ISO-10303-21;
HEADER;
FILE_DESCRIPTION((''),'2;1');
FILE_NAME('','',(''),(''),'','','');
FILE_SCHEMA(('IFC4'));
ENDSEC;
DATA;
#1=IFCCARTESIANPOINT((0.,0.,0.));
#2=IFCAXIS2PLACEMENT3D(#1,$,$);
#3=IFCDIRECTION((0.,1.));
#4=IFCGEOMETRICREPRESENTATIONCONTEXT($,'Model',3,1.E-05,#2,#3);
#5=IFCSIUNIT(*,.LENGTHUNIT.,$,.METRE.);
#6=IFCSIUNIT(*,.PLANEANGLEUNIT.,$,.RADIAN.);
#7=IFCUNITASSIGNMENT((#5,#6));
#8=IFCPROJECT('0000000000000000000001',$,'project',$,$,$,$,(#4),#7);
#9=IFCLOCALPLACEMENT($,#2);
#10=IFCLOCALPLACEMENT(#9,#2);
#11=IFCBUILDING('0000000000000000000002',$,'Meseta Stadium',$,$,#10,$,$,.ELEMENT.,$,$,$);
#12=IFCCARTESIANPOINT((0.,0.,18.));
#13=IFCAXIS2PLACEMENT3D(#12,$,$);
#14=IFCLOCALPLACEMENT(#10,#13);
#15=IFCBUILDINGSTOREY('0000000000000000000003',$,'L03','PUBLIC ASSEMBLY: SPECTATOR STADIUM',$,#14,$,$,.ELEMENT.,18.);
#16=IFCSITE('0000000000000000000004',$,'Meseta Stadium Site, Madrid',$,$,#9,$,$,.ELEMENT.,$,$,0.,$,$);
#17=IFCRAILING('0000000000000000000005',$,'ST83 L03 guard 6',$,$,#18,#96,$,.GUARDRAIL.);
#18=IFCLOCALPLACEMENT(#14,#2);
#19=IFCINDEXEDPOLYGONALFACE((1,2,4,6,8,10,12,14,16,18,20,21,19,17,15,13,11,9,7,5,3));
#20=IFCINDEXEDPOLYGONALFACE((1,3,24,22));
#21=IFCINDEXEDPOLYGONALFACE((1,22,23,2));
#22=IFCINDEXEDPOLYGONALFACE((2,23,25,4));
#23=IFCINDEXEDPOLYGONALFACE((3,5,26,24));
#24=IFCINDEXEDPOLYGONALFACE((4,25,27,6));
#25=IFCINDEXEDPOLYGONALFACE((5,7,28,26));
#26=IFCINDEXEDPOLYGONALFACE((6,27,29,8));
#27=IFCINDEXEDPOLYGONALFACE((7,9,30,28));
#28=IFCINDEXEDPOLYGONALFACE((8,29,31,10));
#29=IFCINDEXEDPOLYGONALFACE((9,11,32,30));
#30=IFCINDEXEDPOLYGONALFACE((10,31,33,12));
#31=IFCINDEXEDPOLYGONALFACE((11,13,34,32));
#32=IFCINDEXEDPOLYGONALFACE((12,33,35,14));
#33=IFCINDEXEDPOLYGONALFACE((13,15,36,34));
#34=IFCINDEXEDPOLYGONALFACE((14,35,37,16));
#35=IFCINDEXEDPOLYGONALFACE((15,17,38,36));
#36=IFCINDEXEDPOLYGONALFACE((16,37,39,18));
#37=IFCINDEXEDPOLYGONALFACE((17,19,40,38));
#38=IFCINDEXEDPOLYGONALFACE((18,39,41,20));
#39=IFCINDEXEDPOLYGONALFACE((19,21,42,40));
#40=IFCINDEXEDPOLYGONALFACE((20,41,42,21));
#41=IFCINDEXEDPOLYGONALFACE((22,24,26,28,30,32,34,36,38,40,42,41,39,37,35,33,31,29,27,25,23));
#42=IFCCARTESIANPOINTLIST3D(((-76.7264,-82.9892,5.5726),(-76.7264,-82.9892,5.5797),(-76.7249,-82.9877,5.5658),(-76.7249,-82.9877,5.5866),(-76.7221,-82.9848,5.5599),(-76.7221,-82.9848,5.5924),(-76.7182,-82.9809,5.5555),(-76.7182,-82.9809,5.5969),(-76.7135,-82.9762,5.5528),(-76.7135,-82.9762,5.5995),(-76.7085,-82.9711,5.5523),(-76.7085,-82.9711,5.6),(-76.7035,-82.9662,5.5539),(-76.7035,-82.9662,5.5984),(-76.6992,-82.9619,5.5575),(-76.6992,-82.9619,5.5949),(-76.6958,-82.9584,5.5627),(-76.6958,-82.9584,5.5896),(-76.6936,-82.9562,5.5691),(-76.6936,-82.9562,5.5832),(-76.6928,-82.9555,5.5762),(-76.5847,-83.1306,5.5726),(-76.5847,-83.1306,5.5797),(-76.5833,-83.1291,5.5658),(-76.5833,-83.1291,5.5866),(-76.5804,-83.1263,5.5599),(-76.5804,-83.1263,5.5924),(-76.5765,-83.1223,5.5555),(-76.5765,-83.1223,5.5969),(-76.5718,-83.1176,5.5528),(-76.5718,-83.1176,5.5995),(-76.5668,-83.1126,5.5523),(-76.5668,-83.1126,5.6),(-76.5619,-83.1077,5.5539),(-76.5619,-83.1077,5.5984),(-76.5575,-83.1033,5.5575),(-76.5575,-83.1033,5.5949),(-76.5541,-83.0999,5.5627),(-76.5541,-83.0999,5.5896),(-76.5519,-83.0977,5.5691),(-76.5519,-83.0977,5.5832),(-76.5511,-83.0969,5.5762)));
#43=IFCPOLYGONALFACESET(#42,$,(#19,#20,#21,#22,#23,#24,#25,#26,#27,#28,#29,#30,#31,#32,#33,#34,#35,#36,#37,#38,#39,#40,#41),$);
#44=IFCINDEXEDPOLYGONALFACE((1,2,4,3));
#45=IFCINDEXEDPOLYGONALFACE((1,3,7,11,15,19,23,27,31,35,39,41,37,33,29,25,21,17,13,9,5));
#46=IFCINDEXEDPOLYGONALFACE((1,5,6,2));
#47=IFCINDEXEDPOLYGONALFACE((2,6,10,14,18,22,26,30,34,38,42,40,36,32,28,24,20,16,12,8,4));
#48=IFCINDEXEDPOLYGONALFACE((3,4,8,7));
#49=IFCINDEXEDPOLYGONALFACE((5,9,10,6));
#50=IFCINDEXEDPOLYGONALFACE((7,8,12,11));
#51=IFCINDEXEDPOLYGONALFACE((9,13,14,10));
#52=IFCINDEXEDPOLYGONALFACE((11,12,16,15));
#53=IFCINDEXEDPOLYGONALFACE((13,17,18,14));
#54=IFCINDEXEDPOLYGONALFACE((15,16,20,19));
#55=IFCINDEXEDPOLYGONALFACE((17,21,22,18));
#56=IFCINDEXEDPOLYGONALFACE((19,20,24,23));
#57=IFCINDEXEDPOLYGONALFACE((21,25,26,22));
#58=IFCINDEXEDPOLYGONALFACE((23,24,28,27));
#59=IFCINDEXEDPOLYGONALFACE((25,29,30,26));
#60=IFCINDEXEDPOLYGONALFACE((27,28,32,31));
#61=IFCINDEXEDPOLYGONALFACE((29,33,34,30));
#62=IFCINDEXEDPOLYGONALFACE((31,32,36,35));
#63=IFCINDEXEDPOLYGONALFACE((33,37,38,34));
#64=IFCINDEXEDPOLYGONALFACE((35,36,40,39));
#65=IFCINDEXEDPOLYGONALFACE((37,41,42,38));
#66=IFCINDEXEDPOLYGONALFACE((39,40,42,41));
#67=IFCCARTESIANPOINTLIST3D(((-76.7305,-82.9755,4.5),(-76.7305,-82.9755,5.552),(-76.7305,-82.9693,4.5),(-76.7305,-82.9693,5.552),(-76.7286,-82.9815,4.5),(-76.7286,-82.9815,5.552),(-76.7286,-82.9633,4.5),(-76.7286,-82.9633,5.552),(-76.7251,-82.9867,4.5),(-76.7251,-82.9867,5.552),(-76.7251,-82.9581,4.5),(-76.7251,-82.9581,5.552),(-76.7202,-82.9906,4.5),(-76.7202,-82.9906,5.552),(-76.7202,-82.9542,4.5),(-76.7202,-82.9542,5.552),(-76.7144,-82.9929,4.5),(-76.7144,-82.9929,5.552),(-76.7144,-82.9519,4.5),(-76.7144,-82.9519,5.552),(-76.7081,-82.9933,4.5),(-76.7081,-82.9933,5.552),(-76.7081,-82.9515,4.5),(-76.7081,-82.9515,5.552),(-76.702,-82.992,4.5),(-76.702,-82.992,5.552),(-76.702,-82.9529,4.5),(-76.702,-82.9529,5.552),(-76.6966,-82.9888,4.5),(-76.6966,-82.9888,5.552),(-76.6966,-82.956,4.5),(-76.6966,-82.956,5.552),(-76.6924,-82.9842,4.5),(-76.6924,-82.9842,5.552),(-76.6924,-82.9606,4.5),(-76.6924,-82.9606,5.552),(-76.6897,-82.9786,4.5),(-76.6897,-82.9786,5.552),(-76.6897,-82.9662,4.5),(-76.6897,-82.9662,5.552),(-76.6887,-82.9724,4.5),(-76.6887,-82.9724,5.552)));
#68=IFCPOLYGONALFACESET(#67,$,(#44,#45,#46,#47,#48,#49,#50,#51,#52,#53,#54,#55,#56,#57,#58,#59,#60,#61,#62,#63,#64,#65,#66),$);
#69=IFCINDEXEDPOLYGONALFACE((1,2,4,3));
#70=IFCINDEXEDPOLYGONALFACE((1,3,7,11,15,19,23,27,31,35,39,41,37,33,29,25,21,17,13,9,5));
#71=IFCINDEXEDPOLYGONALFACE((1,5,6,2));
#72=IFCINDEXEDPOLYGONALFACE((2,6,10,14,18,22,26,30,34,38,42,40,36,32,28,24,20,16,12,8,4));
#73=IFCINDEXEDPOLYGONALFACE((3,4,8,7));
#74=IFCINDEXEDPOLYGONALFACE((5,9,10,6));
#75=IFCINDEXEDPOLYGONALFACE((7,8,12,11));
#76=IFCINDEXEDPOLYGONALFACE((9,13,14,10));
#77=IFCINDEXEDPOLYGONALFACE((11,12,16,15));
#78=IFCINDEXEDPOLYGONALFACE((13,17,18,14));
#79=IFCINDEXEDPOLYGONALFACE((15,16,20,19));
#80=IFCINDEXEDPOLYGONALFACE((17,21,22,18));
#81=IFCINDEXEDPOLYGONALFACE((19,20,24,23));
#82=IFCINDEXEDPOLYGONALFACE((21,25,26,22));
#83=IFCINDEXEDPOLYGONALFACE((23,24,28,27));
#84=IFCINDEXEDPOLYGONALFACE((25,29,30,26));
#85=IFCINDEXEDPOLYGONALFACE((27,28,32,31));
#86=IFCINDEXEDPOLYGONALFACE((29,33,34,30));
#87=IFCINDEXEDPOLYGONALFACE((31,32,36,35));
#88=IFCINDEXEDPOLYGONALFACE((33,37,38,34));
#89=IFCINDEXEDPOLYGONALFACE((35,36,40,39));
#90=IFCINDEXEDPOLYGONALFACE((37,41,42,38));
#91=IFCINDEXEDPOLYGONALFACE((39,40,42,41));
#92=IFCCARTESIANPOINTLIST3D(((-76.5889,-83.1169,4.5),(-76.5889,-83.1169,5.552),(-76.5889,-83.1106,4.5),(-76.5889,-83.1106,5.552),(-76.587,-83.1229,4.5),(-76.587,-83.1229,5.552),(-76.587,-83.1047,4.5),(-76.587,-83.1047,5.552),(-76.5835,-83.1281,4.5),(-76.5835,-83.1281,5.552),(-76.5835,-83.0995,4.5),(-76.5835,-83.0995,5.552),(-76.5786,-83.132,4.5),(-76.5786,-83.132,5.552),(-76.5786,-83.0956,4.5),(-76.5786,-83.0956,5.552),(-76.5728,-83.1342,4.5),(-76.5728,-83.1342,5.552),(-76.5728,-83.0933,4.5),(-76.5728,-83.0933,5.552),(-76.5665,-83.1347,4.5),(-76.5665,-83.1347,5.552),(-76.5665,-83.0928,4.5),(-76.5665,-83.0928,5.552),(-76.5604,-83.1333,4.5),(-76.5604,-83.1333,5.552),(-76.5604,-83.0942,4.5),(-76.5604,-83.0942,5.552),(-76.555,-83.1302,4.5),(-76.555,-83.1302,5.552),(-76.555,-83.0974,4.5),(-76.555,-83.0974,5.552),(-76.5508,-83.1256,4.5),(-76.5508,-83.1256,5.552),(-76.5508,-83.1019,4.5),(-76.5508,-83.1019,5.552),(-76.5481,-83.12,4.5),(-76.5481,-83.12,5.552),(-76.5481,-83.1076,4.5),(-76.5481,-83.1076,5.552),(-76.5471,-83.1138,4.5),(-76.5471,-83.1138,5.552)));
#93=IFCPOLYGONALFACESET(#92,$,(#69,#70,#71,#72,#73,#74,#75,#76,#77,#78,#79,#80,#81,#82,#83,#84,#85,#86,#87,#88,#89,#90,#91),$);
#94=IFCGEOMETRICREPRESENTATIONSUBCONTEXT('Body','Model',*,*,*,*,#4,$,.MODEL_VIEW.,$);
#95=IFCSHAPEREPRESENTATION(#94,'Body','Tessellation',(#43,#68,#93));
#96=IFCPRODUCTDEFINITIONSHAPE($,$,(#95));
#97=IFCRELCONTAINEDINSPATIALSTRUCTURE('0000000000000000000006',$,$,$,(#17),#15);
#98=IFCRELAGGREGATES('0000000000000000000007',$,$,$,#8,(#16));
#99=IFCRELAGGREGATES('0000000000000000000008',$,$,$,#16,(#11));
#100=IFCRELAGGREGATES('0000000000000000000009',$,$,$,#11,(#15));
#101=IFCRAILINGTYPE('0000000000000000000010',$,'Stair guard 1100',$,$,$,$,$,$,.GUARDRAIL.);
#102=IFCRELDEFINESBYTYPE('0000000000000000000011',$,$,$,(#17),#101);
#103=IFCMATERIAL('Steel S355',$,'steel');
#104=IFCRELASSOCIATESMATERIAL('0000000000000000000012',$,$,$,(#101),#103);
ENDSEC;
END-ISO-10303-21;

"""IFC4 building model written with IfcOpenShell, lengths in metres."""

from ifc_helpers import new_model, si_unit, direction, frame, origin, origin_2d, place, context, subcontext, project, spatial, circle, extrude, material, type_object, element, save


model = new_model("IFC4")

# Units and contexts
model_context = context("Model", 3, precision=1e-05, world=origin(), true_north=direction((0.0, 1.0)))
body_context = subcontext(model_context, "Body", "Model", "MODEL_VIEW")
ifc_project = project(units=[si_unit("LENGTHUNIT", "METRE"), si_unit("PLANEANGLEUNIT", "RADIAN")], contexts=[model_context])

# Site, building, storey
site_placement = place(None, origin())
site = spatial("IfcSite", under=ifc_project, at=site_placement, Name="Meseta Stadium Site, Madrid", CompositionType="ELEMENT", RefElevation=0.0)
building_placement = place(site_placement, origin())
building = spatial("IfcBuilding", under=site, at=building_placement, Name="Meseta Stadium", CompositionType="ELEMENT")
storey_placement = place(building_placement, frame((0.0, 0.0, 18.0)))
storey = spatial("IfcBuildingStorey", under=building, at=storey_placement, Name="L03", Description="PUBLIC ASSEMBLY: SPECTATOR STADIUM", CompositionType="ELEMENT", Elevation=18.0)

# Railing
ifc_material_1 = material(Name="Steel S355", Category="steel")
railing_type_1 = type_object("IfcRailingType", Name="Stair guard 1100", PredefinedType="GUARDRAIL", material=ifc_material_1)
railing_1_placement = place(storey_placement, frame((-76.7097, -82.9724, 4.5)))
element("IfcRailing", 1, at=railing_1_placement, inside=storey, type_object=railing_type_1, Name="ST83 L03 guard 6", PredefinedType="GUARDRAIL", context=body_context, shape_type="SweptSolid", body=[
    extrude(circle(Radius=0.0239, at=origin_2d()), frame((0.0, 0.0, 1.0762), z_axis=(0.707717, -0.706496, 0.0), x_axis=(0.706496, 0.707717, 0.0)), (0.0, 0.0, 1.0), 0.2002),
    extrude(circle(Radius=0.021, at=origin_2d()), origin(), (0.0, 0.0, 1.0), 1.052),
    extrude(circle(Radius=0.021, at=origin_2d()), frame((0.1416, -0.1414, 0.0)), (0.0, 0.0, 1.0), 1.052),
])

save(model, "model.ifc")
